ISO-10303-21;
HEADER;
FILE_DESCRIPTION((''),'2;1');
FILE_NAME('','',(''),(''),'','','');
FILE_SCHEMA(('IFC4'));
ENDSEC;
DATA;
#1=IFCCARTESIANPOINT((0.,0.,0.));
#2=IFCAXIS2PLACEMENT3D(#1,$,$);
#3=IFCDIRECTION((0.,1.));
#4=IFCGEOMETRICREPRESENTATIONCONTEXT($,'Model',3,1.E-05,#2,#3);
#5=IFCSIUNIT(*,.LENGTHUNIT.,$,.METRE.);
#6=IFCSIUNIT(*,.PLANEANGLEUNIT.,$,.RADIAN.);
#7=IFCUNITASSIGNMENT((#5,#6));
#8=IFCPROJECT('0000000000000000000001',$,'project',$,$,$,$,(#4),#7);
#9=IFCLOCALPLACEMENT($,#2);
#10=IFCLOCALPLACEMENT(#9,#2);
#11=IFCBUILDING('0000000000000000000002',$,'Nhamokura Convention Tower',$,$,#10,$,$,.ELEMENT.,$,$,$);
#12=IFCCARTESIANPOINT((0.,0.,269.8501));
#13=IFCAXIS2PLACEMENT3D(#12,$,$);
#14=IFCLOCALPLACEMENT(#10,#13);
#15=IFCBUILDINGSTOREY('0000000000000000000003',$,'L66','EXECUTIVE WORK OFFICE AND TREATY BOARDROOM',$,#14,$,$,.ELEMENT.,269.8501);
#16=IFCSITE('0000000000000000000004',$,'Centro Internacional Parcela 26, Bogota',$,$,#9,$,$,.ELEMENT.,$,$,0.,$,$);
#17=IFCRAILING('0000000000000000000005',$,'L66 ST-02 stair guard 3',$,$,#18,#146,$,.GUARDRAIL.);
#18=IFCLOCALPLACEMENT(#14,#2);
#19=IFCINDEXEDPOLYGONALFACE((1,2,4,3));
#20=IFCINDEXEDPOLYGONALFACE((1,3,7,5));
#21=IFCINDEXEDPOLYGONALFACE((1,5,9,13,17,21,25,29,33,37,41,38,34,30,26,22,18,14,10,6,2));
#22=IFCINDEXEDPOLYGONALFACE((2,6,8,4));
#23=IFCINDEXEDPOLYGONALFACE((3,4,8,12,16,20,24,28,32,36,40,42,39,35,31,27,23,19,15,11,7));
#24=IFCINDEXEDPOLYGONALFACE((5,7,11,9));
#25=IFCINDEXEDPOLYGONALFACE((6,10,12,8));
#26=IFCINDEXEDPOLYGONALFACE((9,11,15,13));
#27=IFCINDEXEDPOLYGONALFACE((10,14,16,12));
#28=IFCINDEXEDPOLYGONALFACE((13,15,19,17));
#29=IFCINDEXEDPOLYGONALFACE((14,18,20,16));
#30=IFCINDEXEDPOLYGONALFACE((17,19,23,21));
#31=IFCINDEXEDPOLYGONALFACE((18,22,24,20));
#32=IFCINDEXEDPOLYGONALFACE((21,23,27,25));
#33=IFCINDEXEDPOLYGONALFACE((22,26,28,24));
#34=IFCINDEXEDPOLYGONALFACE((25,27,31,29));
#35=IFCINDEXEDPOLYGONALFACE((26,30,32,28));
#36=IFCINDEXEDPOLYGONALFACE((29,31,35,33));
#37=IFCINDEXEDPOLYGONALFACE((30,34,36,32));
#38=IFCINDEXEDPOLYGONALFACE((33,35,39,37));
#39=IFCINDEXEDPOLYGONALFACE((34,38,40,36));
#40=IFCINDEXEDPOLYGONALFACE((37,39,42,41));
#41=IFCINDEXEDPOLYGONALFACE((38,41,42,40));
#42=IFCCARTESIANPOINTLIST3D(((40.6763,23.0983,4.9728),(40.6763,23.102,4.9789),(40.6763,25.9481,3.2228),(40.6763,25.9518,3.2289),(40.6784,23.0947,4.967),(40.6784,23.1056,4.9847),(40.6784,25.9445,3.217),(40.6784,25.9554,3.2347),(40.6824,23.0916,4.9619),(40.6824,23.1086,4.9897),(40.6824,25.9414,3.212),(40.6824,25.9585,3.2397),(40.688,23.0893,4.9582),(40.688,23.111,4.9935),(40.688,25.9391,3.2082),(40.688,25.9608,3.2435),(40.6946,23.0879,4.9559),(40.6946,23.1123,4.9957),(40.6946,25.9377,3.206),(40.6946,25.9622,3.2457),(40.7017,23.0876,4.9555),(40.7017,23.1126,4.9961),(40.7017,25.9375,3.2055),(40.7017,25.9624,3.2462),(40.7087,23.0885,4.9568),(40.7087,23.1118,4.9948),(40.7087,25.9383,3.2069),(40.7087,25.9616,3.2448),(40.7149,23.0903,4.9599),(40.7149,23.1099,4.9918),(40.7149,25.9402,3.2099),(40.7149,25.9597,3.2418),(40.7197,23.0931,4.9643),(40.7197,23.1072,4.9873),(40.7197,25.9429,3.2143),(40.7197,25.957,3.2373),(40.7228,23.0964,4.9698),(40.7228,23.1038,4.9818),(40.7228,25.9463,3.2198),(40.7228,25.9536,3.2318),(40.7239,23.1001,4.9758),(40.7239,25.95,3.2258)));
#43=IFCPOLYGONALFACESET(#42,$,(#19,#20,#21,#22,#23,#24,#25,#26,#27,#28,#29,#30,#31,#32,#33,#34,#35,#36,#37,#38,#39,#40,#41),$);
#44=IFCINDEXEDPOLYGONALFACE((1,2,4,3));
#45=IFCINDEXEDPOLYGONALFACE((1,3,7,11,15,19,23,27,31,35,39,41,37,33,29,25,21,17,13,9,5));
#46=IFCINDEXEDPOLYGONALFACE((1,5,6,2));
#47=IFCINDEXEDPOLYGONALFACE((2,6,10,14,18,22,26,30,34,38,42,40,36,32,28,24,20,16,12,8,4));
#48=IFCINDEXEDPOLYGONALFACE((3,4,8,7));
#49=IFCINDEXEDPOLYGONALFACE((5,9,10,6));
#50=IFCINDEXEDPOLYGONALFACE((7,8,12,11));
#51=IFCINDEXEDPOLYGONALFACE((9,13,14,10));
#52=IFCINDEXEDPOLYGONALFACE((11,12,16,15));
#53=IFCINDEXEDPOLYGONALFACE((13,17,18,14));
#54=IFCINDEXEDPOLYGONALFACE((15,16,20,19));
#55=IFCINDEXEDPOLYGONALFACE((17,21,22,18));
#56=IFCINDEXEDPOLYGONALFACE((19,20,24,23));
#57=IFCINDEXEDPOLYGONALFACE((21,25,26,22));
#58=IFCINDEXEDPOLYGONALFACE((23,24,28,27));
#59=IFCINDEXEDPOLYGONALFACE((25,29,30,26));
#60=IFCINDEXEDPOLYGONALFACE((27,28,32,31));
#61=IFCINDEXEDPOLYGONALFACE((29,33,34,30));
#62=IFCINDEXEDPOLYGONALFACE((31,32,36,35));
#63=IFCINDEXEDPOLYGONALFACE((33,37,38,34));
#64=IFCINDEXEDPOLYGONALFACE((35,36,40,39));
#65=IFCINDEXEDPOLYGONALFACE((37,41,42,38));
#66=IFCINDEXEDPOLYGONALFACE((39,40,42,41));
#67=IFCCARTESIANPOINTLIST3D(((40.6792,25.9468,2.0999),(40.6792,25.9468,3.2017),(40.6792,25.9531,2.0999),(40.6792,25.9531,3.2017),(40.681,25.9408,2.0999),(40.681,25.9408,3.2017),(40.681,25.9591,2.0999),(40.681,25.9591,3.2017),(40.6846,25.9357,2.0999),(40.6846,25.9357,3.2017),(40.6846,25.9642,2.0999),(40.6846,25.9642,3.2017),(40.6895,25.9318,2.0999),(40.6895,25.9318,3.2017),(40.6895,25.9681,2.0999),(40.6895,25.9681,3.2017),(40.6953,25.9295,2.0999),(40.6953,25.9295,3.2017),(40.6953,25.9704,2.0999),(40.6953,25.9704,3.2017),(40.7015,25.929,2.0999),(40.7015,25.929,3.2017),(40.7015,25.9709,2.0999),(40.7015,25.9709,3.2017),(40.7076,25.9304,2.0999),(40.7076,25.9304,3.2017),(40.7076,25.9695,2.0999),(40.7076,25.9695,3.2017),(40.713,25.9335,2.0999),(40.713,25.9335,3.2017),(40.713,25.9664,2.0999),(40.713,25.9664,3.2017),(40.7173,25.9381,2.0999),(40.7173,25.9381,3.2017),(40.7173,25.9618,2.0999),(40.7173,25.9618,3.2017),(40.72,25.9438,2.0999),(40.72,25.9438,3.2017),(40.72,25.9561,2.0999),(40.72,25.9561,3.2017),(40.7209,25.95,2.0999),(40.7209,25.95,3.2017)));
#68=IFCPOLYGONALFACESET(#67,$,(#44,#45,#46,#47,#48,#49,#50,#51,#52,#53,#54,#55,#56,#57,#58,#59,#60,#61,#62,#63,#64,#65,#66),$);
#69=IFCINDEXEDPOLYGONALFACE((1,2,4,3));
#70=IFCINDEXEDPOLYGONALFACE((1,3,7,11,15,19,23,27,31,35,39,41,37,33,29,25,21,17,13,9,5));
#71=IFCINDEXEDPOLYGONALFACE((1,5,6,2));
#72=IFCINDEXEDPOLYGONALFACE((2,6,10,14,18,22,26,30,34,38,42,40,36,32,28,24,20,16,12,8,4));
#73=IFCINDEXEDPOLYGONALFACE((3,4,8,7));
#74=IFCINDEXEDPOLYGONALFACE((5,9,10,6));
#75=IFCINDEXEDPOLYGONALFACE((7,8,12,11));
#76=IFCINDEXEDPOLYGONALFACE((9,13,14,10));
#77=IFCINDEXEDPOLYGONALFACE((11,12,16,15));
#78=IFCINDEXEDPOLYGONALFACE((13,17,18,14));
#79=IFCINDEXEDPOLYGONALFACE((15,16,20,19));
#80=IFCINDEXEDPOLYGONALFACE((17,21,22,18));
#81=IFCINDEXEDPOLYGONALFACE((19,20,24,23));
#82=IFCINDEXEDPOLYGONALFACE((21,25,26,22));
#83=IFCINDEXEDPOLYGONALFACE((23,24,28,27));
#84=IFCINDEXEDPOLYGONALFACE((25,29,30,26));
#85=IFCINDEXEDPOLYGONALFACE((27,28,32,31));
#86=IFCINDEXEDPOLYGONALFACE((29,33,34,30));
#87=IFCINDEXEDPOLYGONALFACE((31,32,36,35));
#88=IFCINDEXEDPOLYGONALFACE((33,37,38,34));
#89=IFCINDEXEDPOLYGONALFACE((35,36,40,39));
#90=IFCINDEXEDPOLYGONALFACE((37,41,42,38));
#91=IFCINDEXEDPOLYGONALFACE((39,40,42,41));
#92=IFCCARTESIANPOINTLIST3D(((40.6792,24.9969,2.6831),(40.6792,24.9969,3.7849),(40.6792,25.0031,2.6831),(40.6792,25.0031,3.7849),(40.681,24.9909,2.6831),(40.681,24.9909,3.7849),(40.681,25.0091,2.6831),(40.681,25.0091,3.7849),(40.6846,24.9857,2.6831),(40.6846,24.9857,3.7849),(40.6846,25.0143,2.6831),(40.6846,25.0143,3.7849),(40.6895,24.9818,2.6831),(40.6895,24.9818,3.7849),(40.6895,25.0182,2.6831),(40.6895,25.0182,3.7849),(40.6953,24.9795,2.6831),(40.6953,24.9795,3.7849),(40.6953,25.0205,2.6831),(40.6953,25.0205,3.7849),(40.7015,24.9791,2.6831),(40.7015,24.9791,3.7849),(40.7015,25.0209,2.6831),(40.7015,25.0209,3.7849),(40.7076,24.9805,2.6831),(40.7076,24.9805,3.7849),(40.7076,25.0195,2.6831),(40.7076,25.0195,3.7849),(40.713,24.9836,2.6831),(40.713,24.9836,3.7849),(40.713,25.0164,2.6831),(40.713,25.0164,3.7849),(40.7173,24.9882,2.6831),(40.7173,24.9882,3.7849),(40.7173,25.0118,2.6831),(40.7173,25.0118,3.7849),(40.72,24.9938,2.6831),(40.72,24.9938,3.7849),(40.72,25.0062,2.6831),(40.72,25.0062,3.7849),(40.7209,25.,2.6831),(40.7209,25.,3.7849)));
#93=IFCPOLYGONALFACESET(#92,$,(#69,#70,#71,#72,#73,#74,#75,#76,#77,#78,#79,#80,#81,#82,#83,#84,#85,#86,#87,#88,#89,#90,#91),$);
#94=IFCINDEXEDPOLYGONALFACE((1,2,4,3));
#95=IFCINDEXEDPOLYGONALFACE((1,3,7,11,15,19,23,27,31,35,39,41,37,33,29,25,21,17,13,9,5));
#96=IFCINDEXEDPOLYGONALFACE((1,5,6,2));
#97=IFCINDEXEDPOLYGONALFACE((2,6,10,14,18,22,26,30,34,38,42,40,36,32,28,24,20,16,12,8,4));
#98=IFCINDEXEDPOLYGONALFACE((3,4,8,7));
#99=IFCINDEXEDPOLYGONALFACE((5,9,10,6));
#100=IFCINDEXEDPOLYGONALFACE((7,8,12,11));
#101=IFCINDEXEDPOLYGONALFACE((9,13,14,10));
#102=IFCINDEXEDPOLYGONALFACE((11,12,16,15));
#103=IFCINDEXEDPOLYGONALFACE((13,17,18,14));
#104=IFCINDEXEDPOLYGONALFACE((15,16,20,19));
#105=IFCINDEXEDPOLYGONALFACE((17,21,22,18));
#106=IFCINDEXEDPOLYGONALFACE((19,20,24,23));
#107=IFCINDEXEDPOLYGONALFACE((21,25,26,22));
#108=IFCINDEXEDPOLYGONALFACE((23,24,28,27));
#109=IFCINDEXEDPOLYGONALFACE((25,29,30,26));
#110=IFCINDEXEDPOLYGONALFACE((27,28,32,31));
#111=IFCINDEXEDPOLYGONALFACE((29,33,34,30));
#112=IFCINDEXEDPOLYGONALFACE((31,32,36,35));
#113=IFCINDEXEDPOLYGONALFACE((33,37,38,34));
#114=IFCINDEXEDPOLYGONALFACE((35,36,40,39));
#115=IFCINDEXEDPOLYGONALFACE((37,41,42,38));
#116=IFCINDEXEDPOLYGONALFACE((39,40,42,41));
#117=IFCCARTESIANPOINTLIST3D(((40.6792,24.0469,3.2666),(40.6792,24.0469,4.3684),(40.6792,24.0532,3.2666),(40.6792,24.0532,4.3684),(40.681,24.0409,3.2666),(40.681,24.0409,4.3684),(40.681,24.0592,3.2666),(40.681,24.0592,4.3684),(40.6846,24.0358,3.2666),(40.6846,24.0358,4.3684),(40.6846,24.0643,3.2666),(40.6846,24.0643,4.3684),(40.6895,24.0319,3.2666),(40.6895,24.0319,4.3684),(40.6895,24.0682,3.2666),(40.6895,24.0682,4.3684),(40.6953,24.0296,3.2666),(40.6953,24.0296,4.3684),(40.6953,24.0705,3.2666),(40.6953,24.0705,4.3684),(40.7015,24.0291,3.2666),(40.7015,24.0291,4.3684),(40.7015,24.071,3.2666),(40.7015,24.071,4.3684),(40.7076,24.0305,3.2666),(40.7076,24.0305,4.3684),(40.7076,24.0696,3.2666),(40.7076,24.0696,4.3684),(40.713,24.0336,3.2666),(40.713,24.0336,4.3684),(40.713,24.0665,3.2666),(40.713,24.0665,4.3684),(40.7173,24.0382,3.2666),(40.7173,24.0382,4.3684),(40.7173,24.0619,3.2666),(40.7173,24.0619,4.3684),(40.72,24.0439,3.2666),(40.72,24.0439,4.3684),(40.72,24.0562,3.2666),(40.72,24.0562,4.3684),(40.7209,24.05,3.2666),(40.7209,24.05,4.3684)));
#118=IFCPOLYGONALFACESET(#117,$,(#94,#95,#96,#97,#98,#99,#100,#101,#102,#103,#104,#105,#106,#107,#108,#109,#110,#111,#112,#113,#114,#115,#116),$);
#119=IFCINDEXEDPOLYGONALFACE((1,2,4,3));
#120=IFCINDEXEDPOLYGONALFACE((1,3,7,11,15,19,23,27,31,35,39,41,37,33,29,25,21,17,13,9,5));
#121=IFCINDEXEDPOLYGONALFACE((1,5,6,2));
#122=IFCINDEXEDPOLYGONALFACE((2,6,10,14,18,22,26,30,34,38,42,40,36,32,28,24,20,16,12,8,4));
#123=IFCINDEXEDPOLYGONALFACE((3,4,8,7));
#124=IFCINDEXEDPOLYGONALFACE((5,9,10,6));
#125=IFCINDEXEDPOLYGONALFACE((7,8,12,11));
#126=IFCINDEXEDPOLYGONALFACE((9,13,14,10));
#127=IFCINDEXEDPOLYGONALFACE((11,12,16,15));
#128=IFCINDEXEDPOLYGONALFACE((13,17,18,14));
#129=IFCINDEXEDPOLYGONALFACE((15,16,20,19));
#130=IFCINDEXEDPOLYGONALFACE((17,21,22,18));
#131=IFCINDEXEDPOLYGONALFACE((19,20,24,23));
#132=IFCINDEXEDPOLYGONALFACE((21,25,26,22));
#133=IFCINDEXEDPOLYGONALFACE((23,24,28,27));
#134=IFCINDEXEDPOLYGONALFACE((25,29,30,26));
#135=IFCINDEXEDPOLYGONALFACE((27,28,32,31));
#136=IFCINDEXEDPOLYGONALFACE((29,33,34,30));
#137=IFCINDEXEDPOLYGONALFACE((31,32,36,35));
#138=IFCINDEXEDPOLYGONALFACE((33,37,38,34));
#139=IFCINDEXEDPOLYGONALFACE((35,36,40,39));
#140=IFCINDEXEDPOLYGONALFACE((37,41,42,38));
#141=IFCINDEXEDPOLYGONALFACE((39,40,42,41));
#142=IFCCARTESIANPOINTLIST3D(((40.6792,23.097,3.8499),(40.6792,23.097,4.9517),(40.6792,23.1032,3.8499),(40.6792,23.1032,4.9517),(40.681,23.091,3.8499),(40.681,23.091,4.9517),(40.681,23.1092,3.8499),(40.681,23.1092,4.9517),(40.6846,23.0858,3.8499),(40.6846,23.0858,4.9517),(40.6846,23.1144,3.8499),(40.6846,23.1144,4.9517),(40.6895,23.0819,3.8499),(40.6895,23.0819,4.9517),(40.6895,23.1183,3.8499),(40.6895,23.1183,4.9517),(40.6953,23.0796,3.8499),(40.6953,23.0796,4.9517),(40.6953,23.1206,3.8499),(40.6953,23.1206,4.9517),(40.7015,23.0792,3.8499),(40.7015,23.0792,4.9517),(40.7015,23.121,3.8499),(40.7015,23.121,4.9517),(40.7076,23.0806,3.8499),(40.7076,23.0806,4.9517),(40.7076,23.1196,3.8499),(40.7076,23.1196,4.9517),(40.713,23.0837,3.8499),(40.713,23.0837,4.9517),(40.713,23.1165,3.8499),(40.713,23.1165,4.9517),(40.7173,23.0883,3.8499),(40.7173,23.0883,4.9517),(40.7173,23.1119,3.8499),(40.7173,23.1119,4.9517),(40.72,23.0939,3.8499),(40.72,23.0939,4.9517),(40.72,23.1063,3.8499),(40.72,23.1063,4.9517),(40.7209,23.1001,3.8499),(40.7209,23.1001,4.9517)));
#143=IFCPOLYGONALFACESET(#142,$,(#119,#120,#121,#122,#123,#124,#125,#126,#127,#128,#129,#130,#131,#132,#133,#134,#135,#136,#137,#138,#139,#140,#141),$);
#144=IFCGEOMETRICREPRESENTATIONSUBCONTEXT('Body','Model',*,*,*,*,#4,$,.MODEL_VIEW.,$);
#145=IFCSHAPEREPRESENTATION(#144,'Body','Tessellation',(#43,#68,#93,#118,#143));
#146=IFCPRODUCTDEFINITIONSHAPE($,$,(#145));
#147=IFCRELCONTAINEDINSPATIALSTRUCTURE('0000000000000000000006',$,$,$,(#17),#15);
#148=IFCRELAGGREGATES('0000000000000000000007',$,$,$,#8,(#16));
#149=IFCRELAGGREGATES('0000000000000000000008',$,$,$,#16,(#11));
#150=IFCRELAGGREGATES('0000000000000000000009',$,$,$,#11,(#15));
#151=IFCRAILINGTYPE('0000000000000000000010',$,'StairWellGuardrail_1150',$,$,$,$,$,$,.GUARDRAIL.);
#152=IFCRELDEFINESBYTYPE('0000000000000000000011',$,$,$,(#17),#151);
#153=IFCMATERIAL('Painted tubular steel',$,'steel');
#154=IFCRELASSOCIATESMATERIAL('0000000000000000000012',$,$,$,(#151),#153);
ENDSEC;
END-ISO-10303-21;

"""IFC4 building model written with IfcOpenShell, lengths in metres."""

from ifc_helpers import new_model, si_unit, direction, frame, origin, origin_2d, place, context, subcontext, project, spatial, circle, extrude, material, type_object, element, save


model = new_model("IFC4")

# Units and contexts
model_context = context("Model", 3, precision=1e-05, world=origin(), true_north=direction((0.0, 1.0)))
body_context = subcontext(model_context, "Body", "Model", "MODEL_VIEW")
ifc_project = project(units=[si_unit("LENGTHUNIT", "METRE"), si_unit("PLANEANGLEUNIT", "RADIAN")], contexts=[model_context])

# Site, building, storey
site_placement = place(None, origin())
site = spatial("IfcSite", under=ifc_project, at=site_placement, Name="Centro Internacional Parcela 26, Bogota", CompositionType="ELEMENT", RefElevation=0.0)
building_placement = place(site_placement, origin())
building = spatial("IfcBuilding", under=site, at=building_placement, Name="Nhamokura Convention Tower", CompositionType="ELEMENT")
storey_placement = place(building_placement, frame((0.0, 0.0, 269.8501)))
storey = spatial("IfcBuildingStorey", under=building, at=storey_placement, Name="L66", Description="EXECUTIVE WORK OFFICE AND TREATY BOARDROOM", CompositionType="ELEMENT", Elevation=269.8501)

# Railing
ifc_material_1 = material(Name="Painted tubular steel", Category="steel")
railing_type_1 = type_object("IfcRailingType", Name="StairWellGuardrail_1150", PredefinedType="GUARDRAIL", material=ifc_material_1)
railing_1_placement = place(storey_placement, frame((40.7, 25.95, 2.0999)))
element("IfcRailing", 1, at=railing_1_placement, inside=storey, type_object=railing_type_1, Name="L66 ST-02 stair guard 3", PredefinedType="GUARDRAIL", context=body_context, shape_type="SweptSolid", body=[
    extrude(circle(Radius=0.0239, at=origin_2d()), frame((0.0, 0.0, 1.126), z_axis=(0.0, -0.852159, 0.523283), x_axis=(1.0, 0.0, 0.0)), (0.0, 0.0, 1.0), 3.3442),
    extrude(circle(Radius=0.021, at=origin_2d()), origin(), (0.0, 0.0, 1.0), 1.1018),
    extrude(circle(Radius=0.021, at=origin_2d()), frame((0.0, -0.95, 0.5833)), (0.0, 0.0, 1.0), 1.1018),
    extrude(circle(Radius=0.021, at=origin_2d()), frame((0.0, -1.8999, 1.1667)), (0.0, 0.0, 1.0), 1.1018),
    extrude(circle(Radius=0.021, at=origin_2d()), frame((0.0, -2.8499, 1.75)), (0.0, 0.0, 1.0), 1.1018),
])

save(model, "model.ifc")
